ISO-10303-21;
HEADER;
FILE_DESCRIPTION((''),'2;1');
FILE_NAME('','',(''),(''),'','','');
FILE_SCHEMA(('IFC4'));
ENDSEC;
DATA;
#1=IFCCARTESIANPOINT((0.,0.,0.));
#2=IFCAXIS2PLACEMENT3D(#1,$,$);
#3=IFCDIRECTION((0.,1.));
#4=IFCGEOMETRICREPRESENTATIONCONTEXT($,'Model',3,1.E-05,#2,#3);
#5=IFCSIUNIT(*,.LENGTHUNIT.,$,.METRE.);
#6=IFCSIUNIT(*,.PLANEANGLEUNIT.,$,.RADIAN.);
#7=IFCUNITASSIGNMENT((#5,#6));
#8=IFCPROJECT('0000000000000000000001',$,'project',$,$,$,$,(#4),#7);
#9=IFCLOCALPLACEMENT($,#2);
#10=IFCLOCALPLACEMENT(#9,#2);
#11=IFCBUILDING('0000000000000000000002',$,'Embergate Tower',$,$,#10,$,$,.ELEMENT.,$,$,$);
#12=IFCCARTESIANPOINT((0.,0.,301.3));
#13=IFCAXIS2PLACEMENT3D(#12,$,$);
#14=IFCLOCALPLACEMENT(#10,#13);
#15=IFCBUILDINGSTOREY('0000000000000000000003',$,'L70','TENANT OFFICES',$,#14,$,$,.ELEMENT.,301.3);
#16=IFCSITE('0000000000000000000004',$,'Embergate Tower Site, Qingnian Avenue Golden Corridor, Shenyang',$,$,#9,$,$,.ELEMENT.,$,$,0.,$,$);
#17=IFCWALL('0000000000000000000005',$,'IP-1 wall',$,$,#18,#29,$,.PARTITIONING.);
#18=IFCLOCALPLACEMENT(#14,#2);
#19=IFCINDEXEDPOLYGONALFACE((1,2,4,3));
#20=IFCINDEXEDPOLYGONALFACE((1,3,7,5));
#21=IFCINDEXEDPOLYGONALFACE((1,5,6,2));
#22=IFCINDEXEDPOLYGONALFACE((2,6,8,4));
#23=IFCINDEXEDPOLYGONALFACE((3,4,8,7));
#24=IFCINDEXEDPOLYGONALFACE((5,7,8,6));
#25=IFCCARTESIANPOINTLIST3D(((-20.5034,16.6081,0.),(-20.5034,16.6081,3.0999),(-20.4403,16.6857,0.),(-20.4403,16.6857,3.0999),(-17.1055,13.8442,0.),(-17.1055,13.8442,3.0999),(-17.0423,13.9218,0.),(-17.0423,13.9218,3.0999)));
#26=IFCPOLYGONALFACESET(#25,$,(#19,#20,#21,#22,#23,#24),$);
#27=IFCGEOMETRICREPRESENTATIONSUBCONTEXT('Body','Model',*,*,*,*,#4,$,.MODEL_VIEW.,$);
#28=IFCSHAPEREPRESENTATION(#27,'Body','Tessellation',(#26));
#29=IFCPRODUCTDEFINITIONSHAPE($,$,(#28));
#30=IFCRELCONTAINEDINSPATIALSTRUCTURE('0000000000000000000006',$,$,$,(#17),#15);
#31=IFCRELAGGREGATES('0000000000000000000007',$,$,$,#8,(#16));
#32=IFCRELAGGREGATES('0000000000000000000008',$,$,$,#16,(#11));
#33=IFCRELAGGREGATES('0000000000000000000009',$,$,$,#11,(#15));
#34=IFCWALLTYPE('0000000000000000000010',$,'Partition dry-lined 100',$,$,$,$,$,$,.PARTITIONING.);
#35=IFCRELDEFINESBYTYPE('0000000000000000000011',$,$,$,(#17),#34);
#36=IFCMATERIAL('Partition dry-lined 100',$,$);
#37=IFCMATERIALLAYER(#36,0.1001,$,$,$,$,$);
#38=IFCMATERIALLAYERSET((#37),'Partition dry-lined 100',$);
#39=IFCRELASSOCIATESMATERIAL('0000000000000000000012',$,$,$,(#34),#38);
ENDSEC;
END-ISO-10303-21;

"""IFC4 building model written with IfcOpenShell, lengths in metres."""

from ifc_helpers import new_model, si_unit, direction, frame, frame_2d, origin, place, context, subcontext, project, spatial, rectangle, extrude, source, transform, mapped, material, layer, layer_set, type_object, element, save


model = new_model("IFC4")

# Units and contexts
model_context = context("Model", 3, precision=1e-05, world=origin(), true_north=direction((0.0, 1.0)))
body_context = subcontext(model_context, "Body", "Model", "MODEL_VIEW")
ifc_project = project(units=[si_unit("LENGTHUNIT", "METRE"), si_unit("PLANEANGLEUNIT", "RADIAN")], contexts=[model_context])

# Site, building, storey
site_placement = place(None, origin())
site = spatial("IfcSite", under=ifc_project, at=site_placement, Name="Embergate Tower Site, Qingnian Avenue Golden Corridor, Shenyang", CompositionType="ELEMENT", RefElevation=0.0)
building_placement = place(site_placement, origin())
building = spatial("IfcBuilding", under=site, at=building_placement, Name="Embergate Tower", CompositionType="ELEMENT")
storey_placement = place(building_placement, frame((0.0, 0.0, 301.3)))
storey = spatial("IfcBuildingStorey", under=building, at=storey_placement, Name="L70", Description="TENANT OFFICES", CompositionType="ELEMENT", Elevation=301.3)

# Wall
ifc_material_1 = material(Name="Partition dry-lined 100")
ifc_layer_1 = layer(ifc_material_1, 0.1001)
ifc_layer_set_1 = layer_set([ifc_layer_1], Name="Partition dry-lined 100")
wall_type = type_object("IfcWallType", Name="Partition dry-lined 100", PredefinedType="PARTITIONING", material=ifc_layer_set_1)
shared_shape_1 = source(origin(), body_context, "Body", "SweptSolid", [
    extrude(rectangle(XDim=4.3801, YDim=0.1001, at=frame_2d((2.1899, 0.0))), origin(), (0.0, 0.0, 1.0), 3.0999),
])
wall_placement = place(storey_placement, frame((-17.074, 13.8831, 0.0), z_axis=(0.0, 0.0, 1.0), x_axis=(-0.775769, 0.631016, 0.0)))
element("IfcWall", 1, at=wall_placement, inside=storey, type_object=wall_type, Name="IP-1 wall", PredefinedType="PARTITIONING", context=body_context, shape_type="MappedRepresentation", body=[
    mapped(shared_shape_1, transform((0.0, 0.0, 0.0))),
])

save(model, "model.ifc")
